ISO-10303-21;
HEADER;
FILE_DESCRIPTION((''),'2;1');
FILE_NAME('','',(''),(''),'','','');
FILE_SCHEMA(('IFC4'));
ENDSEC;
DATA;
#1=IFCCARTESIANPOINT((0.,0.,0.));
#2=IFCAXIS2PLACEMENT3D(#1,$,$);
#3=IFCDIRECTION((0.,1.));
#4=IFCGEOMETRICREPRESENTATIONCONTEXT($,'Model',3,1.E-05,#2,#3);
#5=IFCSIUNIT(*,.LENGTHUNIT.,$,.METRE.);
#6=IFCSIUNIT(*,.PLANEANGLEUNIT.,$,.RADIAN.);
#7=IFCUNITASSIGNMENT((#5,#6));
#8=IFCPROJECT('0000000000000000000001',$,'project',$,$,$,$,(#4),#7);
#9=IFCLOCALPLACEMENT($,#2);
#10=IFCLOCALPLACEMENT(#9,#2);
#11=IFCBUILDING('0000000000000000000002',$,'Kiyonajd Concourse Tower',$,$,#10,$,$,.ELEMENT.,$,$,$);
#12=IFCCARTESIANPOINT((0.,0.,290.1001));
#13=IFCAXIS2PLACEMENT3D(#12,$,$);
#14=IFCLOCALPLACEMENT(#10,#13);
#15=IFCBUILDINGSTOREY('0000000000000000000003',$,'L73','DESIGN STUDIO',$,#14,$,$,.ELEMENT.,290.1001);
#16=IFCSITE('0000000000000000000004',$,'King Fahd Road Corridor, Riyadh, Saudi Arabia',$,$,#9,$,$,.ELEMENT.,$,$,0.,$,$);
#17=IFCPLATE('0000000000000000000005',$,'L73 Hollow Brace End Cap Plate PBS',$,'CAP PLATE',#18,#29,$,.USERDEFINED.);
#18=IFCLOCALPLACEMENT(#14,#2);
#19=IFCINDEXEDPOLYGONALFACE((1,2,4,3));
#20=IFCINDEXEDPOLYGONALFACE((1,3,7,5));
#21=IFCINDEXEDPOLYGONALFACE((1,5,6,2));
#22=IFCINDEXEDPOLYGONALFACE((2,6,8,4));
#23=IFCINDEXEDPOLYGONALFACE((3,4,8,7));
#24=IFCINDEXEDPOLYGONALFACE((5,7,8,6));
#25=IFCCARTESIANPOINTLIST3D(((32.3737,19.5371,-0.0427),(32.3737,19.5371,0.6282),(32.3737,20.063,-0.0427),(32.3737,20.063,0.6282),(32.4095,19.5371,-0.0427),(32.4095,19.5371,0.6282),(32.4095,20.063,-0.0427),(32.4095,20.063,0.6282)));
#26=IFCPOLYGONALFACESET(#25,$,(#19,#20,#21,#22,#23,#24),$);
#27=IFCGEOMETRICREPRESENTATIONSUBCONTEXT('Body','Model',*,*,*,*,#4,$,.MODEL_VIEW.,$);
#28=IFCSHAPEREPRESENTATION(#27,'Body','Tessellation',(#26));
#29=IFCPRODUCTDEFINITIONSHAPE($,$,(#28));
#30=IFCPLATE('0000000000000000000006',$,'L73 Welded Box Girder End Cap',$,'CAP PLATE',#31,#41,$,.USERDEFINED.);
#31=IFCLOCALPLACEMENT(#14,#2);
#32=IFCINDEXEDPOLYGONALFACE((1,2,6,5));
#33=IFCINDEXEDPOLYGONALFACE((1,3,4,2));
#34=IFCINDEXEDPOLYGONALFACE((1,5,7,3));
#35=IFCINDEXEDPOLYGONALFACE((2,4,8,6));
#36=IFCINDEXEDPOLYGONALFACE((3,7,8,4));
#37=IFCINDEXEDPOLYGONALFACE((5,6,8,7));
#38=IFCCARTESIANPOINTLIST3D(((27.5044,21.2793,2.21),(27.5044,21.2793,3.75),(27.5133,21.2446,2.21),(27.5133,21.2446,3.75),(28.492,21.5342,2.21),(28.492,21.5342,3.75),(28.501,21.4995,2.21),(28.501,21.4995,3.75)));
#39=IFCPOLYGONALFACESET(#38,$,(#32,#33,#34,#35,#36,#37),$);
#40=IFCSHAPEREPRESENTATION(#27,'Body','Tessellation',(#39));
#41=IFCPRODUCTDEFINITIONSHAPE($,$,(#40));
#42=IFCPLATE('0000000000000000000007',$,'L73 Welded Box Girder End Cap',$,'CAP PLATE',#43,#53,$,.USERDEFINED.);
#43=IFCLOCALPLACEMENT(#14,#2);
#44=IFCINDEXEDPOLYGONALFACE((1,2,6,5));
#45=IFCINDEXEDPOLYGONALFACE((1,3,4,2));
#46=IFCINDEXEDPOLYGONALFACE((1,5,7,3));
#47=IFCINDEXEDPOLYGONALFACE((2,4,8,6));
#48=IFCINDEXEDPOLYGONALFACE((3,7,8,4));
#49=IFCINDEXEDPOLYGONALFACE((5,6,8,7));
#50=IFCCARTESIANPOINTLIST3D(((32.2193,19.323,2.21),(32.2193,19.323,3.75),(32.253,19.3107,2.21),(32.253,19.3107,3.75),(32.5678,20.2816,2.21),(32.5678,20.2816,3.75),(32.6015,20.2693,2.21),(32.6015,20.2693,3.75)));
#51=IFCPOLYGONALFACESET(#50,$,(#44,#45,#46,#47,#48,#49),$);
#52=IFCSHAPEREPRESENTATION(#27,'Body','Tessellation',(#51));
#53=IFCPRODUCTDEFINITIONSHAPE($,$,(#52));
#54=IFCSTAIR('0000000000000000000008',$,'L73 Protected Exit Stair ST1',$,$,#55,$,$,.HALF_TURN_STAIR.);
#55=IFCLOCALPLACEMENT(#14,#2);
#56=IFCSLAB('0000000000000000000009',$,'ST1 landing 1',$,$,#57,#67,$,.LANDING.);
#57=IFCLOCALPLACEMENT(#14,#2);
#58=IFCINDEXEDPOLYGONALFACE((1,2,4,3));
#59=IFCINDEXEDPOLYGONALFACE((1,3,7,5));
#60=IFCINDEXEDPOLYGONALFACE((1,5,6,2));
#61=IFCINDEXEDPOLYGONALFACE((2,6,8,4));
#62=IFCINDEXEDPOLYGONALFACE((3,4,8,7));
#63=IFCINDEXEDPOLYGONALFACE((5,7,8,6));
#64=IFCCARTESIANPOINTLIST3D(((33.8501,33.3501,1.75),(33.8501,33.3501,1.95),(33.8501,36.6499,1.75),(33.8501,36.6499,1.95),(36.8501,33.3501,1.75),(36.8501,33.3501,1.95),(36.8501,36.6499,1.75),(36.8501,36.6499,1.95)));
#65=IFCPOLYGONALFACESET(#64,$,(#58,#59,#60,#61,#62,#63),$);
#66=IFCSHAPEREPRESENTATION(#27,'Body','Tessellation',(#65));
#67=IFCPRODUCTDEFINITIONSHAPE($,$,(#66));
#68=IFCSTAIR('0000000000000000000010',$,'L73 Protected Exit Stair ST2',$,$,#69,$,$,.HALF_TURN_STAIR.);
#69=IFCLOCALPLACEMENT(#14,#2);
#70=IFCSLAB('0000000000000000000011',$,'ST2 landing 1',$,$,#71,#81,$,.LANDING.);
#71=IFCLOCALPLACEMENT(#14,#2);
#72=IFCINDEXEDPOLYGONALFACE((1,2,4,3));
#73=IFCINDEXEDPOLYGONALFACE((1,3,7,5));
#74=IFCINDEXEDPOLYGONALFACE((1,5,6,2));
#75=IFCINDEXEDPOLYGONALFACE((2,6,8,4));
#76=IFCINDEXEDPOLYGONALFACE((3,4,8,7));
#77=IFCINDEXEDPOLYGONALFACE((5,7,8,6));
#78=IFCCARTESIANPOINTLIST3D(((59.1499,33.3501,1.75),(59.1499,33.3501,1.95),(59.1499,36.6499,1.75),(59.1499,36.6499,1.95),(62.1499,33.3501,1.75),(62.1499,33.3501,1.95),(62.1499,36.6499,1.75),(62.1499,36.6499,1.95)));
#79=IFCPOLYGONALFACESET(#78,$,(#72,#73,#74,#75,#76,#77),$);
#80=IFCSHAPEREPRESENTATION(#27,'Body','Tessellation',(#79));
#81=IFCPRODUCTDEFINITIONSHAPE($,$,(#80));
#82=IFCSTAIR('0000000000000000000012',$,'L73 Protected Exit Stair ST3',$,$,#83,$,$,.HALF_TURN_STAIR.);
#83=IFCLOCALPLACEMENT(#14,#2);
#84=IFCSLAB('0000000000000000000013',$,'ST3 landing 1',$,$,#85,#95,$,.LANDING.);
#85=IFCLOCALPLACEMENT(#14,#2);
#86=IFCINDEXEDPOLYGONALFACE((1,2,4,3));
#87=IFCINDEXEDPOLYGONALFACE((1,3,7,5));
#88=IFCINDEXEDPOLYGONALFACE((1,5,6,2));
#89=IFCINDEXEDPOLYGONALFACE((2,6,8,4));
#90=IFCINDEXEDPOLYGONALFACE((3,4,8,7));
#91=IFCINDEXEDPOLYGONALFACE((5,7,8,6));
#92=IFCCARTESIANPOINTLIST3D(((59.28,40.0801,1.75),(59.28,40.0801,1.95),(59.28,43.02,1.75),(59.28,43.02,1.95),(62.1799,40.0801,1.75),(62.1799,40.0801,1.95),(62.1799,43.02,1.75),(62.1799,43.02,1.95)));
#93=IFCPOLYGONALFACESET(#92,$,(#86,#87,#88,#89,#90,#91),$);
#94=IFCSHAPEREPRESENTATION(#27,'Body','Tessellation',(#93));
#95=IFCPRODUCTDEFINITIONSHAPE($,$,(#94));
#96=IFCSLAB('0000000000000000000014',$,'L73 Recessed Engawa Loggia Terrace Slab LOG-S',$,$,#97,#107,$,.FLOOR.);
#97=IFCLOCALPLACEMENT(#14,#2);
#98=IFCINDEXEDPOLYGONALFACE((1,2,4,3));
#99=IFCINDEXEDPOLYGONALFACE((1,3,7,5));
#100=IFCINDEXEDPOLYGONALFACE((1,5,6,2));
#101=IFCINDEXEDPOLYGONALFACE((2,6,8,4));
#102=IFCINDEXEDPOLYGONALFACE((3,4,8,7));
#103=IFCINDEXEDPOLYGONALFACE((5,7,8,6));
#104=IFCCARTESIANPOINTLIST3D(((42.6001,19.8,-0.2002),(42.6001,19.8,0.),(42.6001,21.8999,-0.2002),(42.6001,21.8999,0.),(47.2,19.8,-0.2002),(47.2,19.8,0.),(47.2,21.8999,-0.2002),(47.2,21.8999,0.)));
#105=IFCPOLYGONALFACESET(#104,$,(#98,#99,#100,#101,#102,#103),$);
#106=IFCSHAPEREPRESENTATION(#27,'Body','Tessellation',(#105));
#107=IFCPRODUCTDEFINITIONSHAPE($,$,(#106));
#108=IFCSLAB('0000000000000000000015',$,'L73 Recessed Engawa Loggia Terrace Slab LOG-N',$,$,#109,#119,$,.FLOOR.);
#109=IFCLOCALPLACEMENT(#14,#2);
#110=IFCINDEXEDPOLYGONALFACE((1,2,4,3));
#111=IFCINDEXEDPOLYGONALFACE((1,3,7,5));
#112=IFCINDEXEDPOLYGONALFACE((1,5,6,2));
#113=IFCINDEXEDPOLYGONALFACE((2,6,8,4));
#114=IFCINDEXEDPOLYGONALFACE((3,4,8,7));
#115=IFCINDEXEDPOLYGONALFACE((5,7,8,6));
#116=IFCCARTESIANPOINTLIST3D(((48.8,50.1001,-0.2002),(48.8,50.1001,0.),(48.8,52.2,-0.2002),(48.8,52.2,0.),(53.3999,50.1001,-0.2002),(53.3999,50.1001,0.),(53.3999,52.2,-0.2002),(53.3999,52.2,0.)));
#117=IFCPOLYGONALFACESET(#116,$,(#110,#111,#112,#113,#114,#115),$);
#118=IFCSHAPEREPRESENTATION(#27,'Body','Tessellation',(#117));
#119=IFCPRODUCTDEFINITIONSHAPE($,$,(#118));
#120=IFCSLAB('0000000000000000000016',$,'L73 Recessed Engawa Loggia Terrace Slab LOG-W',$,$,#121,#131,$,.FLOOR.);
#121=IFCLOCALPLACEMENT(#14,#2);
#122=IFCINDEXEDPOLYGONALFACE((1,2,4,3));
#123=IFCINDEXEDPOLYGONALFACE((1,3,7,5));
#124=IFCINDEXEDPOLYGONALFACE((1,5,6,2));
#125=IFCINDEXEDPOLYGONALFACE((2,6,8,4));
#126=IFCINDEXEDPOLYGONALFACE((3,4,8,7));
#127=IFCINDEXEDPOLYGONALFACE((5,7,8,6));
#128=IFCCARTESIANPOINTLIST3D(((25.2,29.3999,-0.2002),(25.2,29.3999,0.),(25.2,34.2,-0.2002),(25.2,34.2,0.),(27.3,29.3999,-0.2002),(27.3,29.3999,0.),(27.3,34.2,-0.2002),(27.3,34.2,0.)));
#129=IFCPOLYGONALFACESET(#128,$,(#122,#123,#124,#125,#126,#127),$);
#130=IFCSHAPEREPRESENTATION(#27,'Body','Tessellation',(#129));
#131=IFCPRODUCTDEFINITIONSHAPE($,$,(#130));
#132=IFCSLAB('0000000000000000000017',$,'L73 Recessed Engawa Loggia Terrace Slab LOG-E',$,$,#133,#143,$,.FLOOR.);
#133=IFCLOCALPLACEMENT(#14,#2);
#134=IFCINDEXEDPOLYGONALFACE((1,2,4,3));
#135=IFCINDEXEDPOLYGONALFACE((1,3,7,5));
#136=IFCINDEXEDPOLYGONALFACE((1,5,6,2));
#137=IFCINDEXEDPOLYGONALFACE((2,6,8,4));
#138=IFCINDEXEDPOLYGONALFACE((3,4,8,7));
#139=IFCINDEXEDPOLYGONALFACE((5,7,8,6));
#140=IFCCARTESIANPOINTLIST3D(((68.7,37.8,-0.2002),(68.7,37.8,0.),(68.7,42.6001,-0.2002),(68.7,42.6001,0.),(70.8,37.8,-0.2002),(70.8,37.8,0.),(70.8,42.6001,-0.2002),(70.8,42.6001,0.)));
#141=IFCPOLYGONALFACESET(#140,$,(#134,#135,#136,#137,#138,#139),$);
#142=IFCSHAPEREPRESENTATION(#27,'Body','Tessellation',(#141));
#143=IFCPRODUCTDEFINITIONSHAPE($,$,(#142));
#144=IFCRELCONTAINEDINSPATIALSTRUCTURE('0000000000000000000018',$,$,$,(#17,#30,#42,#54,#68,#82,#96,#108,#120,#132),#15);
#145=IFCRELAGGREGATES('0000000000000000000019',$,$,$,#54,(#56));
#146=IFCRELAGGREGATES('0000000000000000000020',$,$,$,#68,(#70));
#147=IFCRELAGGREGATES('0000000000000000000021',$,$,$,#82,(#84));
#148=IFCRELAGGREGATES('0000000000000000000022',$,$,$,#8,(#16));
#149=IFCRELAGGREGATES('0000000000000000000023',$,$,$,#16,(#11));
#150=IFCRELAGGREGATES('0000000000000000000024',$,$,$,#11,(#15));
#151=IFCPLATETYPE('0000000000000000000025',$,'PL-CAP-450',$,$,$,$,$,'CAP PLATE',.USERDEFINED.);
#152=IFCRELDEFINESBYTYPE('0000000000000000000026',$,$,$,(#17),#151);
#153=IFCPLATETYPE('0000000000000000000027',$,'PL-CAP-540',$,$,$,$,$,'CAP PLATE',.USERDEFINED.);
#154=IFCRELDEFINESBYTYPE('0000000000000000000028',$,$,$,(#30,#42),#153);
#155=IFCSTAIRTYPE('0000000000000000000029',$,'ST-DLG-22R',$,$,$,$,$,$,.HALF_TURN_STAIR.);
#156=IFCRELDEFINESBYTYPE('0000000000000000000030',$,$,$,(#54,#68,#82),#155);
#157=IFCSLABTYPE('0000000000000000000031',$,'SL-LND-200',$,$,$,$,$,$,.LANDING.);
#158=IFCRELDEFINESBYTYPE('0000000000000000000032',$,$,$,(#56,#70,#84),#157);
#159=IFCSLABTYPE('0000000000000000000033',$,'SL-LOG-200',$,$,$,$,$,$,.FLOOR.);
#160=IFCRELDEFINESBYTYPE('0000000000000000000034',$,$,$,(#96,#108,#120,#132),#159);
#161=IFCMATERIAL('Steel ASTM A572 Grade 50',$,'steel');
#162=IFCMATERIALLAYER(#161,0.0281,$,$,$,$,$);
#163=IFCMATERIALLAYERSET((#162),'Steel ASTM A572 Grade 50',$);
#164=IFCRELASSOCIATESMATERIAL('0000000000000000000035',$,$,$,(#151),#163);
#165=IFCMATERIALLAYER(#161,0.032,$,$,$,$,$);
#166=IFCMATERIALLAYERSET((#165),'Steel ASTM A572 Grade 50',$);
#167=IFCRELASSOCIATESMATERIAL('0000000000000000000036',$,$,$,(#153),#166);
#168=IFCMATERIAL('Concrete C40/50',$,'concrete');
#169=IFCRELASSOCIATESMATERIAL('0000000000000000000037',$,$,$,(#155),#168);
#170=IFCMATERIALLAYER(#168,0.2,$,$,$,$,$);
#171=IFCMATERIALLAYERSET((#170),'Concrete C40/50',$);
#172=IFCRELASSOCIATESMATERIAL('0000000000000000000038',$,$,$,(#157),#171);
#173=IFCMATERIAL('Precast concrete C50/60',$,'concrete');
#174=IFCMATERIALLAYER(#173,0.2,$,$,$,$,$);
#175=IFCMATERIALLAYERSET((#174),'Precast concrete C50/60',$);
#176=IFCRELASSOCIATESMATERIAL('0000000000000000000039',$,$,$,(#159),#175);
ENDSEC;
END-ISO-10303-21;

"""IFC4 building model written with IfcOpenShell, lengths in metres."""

from ifc_helpers import new_model, si_unit, direction, frame, origin, origin_2d, place, context, subcontext, project, spatial, polyline, rectangle, outline, extrude, material, layer, layer_set, type_object, element, aggregate, save


model = new_model("IFC4")

# Units and contexts
model_context = context("Model", 3, precision=1e-05, world=origin(), true_north=direction((0.0, 1.0)))
body_context = subcontext(model_context, "Body", "Model", "MODEL_VIEW")
ifc_project = project(units=[si_unit("LENGTHUNIT", "METRE"), si_unit("PLANEANGLEUNIT", "RADIAN")], contexts=[model_context])

# Site, building, storey
site_placement = place(None, origin())
site = spatial("IfcSite", under=ifc_project, at=site_placement, Name="King Fahd Road Corridor, Riyadh, Saudi Arabia", CompositionType="ELEMENT", RefElevation=0.0)
building_placement = place(site_placement, origin())
building = spatial("IfcBuilding", under=site, at=building_placement, Name="Kiyonajd Concourse Tower", CompositionType="ELEMENT")
storey_placement = place(building_placement, frame((0.0, 0.0, 290.1001)))
storey = spatial("IfcBuildingStorey", under=building, at=storey_placement, Name="L73", Description="DESIGN STUDIO", CompositionType="ELEMENT", Elevation=290.1001)

# Shared definitions
ifc_material_1 = material(Name="Steel ASTM A572 Grade 50", Category="steel")

# Plates
ifc_layer_1 = layer(ifc_material_1, 0.0281)
ifc_layer_set_1 = layer_set([ifc_layer_1], Name="Steel ASTM A572 Grade 50")
plate_type_1 = type_object("IfcPlateType", Name="PL-CAP-450", ElementType="CAP PLATE", PredefinedType="USERDEFINED", material=ifc_layer_set_1)
plate_placement = place(storey_placement, frame((32.3916, 19.8, -0.0427), z_axis=(0.0, 0.0, 1.0), x_axis=(-1.0, 0.0, 0.0)))
element("IfcPlate", 1, at=plate_placement, inside=storey, type_object=plate_type_1, Name="L73 Hollow Brace End Cap Plate PBS", ObjectType="CAP PLATE", PredefinedType="USERDEFINED", context=body_context, shape_type="SweptSolid", body=[
    extrude(rectangle(XDim=0.0359, YDim=0.5259, at=origin_2d()), origin(), (0.0, 0.0, 1.0), 0.6709),
])
ifc_layer_2 = layer(ifc_material_1, 0.032)
ifc_layer_set_2 = layer_set([ifc_layer_2], Name="Steel ASTM A572 Grade 50")
plate_type_2 = type_object("IfcPlateType", Name="PL-CAP-540", ElementType="CAP PLATE", PredefinedType="USERDEFINED", material=ifc_layer_set_2)
for number, where, z_axis, x_axis, name in (
    (2, (28.0027, 21.3894, 2.21), (0.0, 0.0, 1.0), (0.249873, -0.968279, 0.0), "L73 Welded Box Girder End Cap"),
    (3, (32.4104, 19.7961, 2.21), (0.0, 0.0, 1.0), (0.939812, -0.341692, 0.0), "L73 Welded Box Girder End Cap"),
):
    element("IfcPlate", number, at=place(storey_placement, frame(where, z_axis=z_axis, x_axis=x_axis)), inside=storey, type_object=plate_type_2, Name=name, ObjectType="CAP PLATE", PredefinedType="USERDEFINED", context=body_context, shape_type="SweptSolid", body=[
        extrude(rectangle(XDim=0.0359, YDim=1.02, at=origin_2d()), origin(), (0.0, 0.0, 1.0), 1.54),
    ])

# Stairs, slabs
ifc_material_2 = material(Name="Concrete C40/50", Category="concrete")
stair_type = type_object("IfcStairType", Name="ST-DLG-22R", PredefinedType="HALF_TURN_STAIR", material=ifc_material_2)
stair_1_placement = place(storey_placement, origin())
stair_1 = element("IfcStair", 4, at=stair_1_placement, inside=storey, type_object=stair_type, Name="L73 Protected Exit Stair ST1", PredefinedType="HALF_TURN_STAIR")
ifc_layer_3 = layer(ifc_material_2, 0.2)
ifc_layer_set_3 = layer_set([ifc_layer_3], Name="Concrete C40/50")
slab_type_1 = type_object("IfcSlabType", Name="SL-LND-200", PredefinedType="LANDING", material=ifc_layer_set_3)
slab_1_placement = place(storey_placement, frame((0.0, 0.0, 1.75)))
slab_1 = element("IfcSlab", 5, at=slab_1_placement, type_object=slab_type_1, Name="ST1 landing 1", PredefinedType="LANDING", context=body_context, shape_type="SweptSolid", body=[
    extrude(outline(polyline([(36.8501, 33.3501), (36.8501, 36.6499), (33.8501, 36.6499), (33.8501, 33.3501), (36.8501, 33.3501)])), origin(), (0.0, 0.0, 1.0), 0.2),
])
aggregate(stair_1, [slab_1])
stair_2_placement = place(storey_placement, origin())
stair_2 = element("IfcStair", 6, at=stair_2_placement, inside=storey, type_object=stair_type, Name="L73 Protected Exit Stair ST2", PredefinedType="HALF_TURN_STAIR")
slab_2_placement = place(storey_placement, frame((0.0, 0.0, 1.75)))
slab_2 = element("IfcSlab", 7, at=slab_2_placement, type_object=slab_type_1, Name="ST2 landing 1", PredefinedType="LANDING", context=body_context, shape_type="SweptSolid", body=[
    extrude(outline(polyline([(62.1499, 33.3501), (62.1499, 36.6499), (59.1499, 36.6499), (59.1499, 33.3501), (62.1499, 33.3501)])), origin(), (0.0, 0.0, 1.0), 0.2),
])
aggregate(stair_2, [slab_2])
stair_3_placement = place(storey_placement, origin())
stair_3 = element("IfcStair", 8, at=stair_3_placement, inside=storey, type_object=stair_type, Name="L73 Protected Exit Stair ST3", PredefinedType="HALF_TURN_STAIR")
slab_3_placement = place(storey_placement, frame((0.0, 0.0, 1.75)))
slab_3 = element("IfcSlab", 9, at=slab_3_placement, type_object=slab_type_1, Name="ST3 landing 1", PredefinedType="LANDING", context=body_context, shape_type="SweptSolid", body=[
    extrude(outline(polyline([(59.28, 40.0801), (62.1799, 40.0801), (62.1799, 43.02), (59.28, 43.02), (59.28, 40.0801)])), origin(), (0.0, 0.0, 1.0), 0.2),
])
aggregate(stair_3, [slab_3])

# Slabs
ifc_material_3 = material(Name="Precast concrete C50/60", Category="concrete")
ifc_layer_4 = layer(ifc_material_3, 0.2)
ifc_layer_set_4 = layer_set([ifc_layer_4], Name="Precast concrete C50/60")
slab_type_2 = type_object("IfcSlabType", Name="SL-LOG-200", PredefinedType="FLOOR", material=ifc_layer_set_4)
slab_4_placement = place(storey_placement, frame((0.0, 0.0, -0.2002)))
element("IfcSlab", 10, at=slab_4_placement, inside=storey, type_object=slab_type_2, Name="L73 Recessed Engawa Loggia Terrace Slab LOG-S", PredefinedType="FLOOR", context=body_context, shape_type="SweptSolid", body=[
    extrude(outline(polyline([(42.6001, 19.8), (47.2, 19.8), (47.2, 21.8999), (42.6001, 21.8999), (42.6001, 19.8)])), origin(), (0.0, 0.0, 1.0), 0.2002),
])
slab_5_placement = place(storey_placement, frame((0.0, 0.0, -0.2002)))
element("IfcSlab", 11, at=slab_5_placement, inside=storey, type_object=slab_type_2, Name="L73 Recessed Engawa Loggia Terrace Slab LOG-N", PredefinedType="FLOOR", context=body_context, shape_type="SweptSolid", body=[
    extrude(outline(polyline([(48.8, 50.1001), (53.3999, 50.1001), (53.3999, 52.2), (48.8, 52.2), (48.8, 50.1001)])), origin(), (0.0, 0.0, 1.0), 0.2002),
])
slab_6_placement = place(storey_placement, frame((0.0, 0.0, -0.2002)))
element("IfcSlab", 12, at=slab_6_placement, inside=storey, type_object=slab_type_2, Name="L73 Recessed Engawa Loggia Terrace Slab LOG-W", PredefinedType="FLOOR", context=body_context, shape_type="SweptSolid", body=[
    extrude(outline(polyline([(25.2, 29.3999), (27.3, 29.3999), (27.3, 34.2), (25.2, 34.2), (25.2, 29.3999)])), origin(), (0.0, 0.0, 1.0), 0.2002),
])
slab_7_placement = place(storey_placement, frame((0.0, 0.0, -0.2002)))
element("IfcSlab", 13, at=slab_7_placement, inside=storey, type_object=slab_type_2, Name="L73 Recessed Engawa Loggia Terrace Slab LOG-E", PredefinedType="FLOOR", context=body_context, shape_type="SweptSolid", body=[
    extrude(outline(polyline([(68.7, 37.8), (70.8, 37.8), (70.8, 42.6001), (68.7, 42.6001), (68.7, 37.8)])), origin(), (0.0, 0.0, 1.0), 0.2002),
])

save(model, "model.ifc")
